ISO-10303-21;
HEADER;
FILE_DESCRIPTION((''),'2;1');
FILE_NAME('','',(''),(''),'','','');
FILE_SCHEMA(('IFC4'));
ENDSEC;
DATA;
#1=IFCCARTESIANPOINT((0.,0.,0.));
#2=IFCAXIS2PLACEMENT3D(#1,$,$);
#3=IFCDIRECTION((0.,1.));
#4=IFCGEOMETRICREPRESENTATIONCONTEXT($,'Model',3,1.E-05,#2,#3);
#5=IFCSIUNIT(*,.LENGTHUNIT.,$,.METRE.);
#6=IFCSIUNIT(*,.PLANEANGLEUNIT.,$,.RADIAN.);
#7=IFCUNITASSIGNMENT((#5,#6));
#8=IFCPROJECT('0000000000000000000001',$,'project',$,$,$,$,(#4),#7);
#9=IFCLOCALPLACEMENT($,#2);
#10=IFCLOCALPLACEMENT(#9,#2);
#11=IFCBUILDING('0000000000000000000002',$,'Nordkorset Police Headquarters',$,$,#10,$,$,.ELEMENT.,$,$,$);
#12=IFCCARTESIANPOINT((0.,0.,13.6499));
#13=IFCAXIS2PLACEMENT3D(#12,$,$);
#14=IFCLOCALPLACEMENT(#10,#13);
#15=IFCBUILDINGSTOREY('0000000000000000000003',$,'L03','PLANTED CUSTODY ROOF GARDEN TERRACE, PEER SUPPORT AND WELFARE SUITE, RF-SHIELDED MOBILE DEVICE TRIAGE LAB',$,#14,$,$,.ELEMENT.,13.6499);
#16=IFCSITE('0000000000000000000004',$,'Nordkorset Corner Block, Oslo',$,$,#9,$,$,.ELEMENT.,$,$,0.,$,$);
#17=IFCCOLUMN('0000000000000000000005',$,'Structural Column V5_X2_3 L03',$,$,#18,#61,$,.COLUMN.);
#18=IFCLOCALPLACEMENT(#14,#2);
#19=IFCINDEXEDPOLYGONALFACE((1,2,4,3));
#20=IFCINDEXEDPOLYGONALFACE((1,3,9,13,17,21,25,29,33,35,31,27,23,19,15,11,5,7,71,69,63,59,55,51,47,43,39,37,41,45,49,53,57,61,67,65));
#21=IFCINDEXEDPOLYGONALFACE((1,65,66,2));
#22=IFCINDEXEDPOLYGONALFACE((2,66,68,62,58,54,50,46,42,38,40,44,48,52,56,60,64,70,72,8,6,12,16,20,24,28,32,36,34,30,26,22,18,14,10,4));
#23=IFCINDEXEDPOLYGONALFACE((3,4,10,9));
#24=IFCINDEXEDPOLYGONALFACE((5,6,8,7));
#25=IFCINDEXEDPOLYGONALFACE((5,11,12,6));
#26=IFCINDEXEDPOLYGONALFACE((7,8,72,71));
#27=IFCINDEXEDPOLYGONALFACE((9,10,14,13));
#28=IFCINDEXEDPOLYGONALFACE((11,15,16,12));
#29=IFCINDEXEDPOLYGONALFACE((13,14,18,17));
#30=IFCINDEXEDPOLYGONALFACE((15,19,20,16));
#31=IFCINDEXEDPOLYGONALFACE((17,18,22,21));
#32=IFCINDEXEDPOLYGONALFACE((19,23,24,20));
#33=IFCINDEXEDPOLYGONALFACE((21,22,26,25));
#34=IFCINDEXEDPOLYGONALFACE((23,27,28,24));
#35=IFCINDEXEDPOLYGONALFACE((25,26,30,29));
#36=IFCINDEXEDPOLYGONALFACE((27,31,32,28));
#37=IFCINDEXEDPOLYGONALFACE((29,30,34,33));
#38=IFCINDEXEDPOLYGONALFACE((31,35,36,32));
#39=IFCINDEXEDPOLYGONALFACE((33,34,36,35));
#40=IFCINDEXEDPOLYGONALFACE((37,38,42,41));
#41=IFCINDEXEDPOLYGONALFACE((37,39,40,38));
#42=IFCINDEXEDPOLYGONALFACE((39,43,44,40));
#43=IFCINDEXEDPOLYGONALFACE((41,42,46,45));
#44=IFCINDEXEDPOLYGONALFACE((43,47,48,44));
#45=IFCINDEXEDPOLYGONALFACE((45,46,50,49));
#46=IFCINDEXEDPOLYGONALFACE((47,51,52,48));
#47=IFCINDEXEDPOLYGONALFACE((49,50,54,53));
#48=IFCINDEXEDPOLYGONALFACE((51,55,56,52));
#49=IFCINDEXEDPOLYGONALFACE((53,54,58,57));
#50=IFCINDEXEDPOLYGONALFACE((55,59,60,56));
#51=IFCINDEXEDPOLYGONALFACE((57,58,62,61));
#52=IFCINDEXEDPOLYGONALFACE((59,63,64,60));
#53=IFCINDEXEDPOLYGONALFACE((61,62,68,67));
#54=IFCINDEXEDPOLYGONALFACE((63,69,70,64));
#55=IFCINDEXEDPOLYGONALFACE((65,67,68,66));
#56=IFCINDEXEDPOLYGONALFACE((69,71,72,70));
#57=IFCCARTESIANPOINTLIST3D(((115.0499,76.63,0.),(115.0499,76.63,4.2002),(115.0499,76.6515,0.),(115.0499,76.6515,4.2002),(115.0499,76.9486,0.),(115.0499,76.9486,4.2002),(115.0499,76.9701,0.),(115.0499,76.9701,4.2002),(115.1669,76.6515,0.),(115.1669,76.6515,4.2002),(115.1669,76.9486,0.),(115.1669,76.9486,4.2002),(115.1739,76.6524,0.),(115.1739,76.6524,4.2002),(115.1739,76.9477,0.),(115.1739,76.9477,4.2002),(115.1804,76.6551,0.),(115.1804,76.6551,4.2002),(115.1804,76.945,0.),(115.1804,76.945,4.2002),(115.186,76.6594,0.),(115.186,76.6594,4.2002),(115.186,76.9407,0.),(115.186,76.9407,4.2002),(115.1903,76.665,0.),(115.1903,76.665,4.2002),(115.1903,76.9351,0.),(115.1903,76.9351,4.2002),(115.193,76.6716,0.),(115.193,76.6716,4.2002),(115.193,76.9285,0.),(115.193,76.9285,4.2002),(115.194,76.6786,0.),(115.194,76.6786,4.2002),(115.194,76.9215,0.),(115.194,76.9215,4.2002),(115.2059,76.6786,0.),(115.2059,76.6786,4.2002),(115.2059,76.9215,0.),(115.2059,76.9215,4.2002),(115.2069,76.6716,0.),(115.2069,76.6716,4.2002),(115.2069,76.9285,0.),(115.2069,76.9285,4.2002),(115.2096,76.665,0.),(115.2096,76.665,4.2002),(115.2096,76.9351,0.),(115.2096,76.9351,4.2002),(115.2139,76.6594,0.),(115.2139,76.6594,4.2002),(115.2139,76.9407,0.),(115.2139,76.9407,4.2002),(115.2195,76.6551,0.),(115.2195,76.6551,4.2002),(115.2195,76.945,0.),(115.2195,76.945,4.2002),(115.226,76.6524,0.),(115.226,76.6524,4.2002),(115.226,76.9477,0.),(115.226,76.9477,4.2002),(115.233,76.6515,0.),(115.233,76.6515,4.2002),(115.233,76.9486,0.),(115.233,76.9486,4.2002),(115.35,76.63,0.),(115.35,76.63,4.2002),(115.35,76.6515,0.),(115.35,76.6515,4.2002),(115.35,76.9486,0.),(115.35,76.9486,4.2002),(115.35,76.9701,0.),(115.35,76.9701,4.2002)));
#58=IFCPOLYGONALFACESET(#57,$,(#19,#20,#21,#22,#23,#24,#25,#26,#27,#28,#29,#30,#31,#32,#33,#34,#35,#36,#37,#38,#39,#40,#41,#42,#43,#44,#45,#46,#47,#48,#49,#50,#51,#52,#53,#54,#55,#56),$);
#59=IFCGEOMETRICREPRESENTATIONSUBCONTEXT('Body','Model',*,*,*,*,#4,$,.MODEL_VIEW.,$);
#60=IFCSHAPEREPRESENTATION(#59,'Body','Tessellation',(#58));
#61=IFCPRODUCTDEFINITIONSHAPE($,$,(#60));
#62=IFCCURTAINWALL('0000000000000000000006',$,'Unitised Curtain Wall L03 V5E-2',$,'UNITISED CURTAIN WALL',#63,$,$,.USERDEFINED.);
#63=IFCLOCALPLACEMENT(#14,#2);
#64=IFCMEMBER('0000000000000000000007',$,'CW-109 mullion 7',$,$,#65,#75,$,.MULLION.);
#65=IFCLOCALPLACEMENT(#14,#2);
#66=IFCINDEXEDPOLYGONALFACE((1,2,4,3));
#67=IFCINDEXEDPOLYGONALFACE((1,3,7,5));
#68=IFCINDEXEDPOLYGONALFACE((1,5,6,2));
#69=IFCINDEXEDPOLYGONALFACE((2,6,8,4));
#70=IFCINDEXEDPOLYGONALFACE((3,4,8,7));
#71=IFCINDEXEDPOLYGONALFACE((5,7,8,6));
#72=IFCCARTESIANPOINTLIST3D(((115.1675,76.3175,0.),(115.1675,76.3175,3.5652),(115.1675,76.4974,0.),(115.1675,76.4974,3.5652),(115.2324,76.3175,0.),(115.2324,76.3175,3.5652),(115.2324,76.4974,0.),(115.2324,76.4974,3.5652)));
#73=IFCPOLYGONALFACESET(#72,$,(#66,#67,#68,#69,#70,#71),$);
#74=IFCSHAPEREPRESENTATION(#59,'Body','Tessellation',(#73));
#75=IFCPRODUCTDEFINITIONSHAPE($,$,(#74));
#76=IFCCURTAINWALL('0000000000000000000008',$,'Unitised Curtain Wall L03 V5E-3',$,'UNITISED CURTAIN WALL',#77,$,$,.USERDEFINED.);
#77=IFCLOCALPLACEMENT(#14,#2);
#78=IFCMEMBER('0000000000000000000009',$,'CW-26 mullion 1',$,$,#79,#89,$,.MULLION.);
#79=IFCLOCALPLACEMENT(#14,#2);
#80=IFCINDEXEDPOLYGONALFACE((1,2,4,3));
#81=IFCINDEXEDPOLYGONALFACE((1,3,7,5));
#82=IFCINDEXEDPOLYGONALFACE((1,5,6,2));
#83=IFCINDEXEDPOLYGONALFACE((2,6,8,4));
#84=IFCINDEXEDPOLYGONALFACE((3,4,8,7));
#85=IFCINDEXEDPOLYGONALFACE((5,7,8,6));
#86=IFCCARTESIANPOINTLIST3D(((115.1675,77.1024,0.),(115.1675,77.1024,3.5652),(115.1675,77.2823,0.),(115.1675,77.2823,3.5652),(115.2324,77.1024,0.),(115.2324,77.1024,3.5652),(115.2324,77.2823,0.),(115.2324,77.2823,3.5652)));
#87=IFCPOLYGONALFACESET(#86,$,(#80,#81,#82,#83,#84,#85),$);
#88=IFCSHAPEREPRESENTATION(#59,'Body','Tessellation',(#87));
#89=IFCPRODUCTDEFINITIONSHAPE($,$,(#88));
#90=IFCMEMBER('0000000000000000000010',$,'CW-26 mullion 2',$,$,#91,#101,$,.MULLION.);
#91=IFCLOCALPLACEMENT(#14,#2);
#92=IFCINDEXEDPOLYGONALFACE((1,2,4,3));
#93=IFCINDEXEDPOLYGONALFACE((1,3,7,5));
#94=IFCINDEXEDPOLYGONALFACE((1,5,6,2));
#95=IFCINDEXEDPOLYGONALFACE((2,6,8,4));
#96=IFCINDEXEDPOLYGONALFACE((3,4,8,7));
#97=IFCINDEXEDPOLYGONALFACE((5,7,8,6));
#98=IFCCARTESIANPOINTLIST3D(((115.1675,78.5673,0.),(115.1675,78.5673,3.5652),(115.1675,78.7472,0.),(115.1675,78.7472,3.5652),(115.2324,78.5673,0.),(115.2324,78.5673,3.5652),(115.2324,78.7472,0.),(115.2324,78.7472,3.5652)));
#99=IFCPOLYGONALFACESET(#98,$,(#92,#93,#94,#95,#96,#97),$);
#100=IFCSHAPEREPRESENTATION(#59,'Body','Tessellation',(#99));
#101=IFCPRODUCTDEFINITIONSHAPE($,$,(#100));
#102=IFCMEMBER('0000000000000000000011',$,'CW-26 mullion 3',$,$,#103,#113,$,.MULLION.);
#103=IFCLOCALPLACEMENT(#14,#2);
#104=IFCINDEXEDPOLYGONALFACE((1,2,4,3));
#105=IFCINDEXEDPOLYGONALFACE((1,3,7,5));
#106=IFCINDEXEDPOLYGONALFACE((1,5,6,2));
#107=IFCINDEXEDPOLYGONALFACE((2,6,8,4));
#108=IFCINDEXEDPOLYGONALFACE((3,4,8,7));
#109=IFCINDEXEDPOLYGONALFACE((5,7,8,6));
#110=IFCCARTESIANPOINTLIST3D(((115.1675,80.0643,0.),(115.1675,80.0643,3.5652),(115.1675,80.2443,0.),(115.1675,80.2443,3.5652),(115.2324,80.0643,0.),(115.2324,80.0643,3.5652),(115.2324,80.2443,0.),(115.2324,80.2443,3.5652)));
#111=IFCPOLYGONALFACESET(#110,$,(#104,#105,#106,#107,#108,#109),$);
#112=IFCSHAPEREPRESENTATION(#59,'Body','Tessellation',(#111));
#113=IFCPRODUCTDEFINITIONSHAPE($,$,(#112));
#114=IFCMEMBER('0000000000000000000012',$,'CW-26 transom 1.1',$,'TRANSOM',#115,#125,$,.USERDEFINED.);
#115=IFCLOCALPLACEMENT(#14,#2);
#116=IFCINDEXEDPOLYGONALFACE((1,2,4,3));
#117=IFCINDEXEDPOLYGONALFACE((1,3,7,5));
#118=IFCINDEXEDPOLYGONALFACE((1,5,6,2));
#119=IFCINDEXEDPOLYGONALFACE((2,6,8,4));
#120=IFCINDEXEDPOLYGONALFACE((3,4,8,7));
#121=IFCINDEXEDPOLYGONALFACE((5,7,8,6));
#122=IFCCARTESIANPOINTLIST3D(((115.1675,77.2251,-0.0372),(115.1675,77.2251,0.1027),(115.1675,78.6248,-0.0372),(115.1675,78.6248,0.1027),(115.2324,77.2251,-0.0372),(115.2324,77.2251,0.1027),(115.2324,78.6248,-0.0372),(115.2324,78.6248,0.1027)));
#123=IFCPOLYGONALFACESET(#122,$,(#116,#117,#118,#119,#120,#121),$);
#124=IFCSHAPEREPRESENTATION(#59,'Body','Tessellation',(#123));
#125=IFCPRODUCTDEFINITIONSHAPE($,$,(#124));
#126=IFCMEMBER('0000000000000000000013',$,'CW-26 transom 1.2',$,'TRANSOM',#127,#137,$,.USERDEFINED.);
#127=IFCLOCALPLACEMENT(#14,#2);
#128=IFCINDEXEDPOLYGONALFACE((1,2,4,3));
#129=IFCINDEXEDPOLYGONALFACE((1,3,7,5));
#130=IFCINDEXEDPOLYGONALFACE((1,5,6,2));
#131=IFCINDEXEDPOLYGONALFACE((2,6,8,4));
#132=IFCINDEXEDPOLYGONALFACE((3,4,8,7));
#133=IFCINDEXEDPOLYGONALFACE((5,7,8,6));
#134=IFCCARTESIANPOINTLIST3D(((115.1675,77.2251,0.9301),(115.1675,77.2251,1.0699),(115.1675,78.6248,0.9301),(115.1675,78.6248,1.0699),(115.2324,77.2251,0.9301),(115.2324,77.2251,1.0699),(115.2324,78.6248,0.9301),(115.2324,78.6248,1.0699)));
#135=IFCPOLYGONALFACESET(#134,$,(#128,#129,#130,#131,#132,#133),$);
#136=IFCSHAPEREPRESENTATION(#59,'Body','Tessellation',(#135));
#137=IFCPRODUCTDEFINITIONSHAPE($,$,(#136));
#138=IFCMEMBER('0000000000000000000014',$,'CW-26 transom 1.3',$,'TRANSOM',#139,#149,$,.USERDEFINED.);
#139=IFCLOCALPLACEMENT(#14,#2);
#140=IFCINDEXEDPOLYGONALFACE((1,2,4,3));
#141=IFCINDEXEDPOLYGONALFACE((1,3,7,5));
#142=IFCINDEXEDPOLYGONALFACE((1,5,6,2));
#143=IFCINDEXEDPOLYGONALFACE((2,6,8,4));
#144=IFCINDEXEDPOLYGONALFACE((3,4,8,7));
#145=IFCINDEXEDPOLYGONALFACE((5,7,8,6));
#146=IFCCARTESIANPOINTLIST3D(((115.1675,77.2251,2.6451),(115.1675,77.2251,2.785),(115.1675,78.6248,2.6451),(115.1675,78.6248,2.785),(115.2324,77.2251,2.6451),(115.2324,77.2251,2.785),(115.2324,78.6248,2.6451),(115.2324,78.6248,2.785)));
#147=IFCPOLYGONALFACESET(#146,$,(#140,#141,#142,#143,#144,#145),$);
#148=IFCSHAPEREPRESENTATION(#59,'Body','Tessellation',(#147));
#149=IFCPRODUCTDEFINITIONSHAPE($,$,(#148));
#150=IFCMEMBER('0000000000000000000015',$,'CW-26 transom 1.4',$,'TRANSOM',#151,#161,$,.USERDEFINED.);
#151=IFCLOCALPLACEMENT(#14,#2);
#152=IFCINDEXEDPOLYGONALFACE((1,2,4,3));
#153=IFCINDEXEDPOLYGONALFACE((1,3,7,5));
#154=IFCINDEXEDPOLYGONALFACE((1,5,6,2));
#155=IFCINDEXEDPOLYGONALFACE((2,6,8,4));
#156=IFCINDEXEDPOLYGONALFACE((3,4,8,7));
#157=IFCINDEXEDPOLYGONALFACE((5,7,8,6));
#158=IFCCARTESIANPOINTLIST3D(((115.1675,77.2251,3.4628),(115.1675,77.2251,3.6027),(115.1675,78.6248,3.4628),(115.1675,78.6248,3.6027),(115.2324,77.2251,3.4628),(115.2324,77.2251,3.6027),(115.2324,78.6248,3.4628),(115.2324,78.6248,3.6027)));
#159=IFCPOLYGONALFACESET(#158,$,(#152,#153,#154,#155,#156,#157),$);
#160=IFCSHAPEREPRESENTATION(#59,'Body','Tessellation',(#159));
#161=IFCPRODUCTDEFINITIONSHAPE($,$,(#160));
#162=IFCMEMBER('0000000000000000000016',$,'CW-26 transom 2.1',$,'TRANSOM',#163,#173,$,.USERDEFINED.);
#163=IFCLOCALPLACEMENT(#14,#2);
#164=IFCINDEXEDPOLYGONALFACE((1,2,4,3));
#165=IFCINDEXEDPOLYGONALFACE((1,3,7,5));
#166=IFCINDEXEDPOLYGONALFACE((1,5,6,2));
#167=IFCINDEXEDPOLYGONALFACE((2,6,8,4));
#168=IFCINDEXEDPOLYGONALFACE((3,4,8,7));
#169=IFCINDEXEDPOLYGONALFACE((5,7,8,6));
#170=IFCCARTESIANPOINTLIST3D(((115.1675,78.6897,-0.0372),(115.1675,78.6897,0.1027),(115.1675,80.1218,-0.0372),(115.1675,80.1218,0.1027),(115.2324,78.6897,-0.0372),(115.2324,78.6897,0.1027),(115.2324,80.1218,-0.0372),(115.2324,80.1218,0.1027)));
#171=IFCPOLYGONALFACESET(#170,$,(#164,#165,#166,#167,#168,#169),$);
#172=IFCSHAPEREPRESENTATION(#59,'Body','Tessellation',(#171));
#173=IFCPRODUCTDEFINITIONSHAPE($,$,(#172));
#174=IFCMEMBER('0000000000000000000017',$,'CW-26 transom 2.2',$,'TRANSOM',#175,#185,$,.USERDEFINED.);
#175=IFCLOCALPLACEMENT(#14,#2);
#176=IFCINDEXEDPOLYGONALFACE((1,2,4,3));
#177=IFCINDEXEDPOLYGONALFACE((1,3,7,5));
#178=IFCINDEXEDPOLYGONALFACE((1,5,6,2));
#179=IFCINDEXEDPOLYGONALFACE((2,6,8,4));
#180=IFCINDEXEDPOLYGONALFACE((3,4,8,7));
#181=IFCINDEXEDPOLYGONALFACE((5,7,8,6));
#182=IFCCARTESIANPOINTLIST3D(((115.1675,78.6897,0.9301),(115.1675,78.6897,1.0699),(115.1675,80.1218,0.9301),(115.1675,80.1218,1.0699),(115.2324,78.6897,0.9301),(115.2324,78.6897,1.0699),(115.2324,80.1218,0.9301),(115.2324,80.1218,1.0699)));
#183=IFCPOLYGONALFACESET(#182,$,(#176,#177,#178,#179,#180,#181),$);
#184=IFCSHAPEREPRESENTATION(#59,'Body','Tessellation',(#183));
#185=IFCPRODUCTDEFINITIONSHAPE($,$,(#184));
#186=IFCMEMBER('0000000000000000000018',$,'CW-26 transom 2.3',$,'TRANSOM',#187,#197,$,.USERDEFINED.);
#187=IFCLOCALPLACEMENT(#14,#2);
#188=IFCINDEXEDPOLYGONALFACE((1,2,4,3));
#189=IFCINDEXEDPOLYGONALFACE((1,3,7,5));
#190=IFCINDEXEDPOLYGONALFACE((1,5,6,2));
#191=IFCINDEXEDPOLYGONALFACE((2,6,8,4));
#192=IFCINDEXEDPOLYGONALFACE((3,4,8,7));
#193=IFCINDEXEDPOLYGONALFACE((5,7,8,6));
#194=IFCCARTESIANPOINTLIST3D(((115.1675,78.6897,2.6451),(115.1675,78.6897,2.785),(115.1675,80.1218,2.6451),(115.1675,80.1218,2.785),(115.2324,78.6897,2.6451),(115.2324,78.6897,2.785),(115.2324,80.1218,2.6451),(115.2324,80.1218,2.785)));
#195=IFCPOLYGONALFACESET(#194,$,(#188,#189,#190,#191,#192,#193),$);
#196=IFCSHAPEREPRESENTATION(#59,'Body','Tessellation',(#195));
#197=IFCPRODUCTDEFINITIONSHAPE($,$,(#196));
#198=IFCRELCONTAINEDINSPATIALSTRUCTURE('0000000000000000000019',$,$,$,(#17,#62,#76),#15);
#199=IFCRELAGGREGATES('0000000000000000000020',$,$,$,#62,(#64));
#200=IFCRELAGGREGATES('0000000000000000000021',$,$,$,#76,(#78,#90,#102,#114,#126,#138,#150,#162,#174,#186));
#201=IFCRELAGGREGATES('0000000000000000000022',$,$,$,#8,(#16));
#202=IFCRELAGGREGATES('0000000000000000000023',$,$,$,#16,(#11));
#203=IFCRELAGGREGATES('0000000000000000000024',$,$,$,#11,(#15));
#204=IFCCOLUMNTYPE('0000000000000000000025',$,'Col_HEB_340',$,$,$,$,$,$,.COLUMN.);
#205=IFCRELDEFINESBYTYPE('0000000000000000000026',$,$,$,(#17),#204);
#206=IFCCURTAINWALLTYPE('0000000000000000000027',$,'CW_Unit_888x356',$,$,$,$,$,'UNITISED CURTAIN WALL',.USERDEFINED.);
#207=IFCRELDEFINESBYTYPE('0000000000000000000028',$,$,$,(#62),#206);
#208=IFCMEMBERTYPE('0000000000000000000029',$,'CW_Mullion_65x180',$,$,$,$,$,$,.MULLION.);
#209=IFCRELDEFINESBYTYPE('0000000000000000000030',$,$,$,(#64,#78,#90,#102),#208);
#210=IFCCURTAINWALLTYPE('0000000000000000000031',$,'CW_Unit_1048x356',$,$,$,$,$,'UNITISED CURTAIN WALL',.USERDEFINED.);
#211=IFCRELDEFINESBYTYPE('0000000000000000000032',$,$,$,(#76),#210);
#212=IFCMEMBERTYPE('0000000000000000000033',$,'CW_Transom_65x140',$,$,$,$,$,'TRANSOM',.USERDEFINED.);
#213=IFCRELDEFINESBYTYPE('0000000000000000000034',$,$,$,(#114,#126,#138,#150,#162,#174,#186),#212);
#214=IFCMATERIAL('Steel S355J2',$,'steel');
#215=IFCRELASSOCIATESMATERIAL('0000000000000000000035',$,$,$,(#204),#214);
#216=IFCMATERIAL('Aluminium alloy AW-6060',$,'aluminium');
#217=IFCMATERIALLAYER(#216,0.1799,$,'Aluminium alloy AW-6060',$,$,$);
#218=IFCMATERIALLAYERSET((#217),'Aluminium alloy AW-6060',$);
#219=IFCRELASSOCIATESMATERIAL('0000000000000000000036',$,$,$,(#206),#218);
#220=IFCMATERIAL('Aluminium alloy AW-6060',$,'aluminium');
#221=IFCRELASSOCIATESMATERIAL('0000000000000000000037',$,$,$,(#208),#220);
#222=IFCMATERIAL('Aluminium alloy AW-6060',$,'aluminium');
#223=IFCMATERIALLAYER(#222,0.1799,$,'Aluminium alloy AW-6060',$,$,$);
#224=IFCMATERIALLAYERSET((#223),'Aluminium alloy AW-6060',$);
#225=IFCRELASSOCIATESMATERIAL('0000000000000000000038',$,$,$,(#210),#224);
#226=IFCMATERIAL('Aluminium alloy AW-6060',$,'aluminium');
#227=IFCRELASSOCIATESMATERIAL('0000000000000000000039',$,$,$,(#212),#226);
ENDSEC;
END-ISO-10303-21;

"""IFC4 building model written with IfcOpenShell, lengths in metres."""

from ifc_helpers import new_model, si_unit, direction, frame, origin, origin_2d, place, context, subcontext, project, spatial, rectangle, i_section, extrude, material, layer, layer_set, material_profile, profile_set, type_object, element, aggregate, save


model = new_model("IFC4")

# Units and contexts
model_context = context("Model", 3, precision=1e-05, world=origin(), true_north=direction((0.0, 1.0)))
body_context = subcontext(model_context, "Body", "Model", "MODEL_VIEW")
ifc_project = project(units=[si_unit("LENGTHUNIT", "METRE"), si_unit("PLANEANGLEUNIT", "RADIAN")], contexts=[model_context])

# Site, building, storey
site_placement = place(None, origin())
site = spatial("IfcSite", under=ifc_project, at=site_placement, Name="Nordkorset Corner Block, Oslo", CompositionType="ELEMENT", RefElevation=0.0)
building_placement = place(site_placement, origin())
building = spatial("IfcBuilding", under=site, at=building_placement, Name="Nordkorset Police Headquarters", CompositionType="ELEMENT")
storey_placement = place(building_placement, frame((0.0, 0.0, 13.6499)))
storey = spatial("IfcBuildingStorey", under=building, at=storey_placement, Name="L03", Description="PLANTED CUSTODY ROOF GARDEN TERRACE, PEER SUPPORT AND WELFARE SUITE, RF-SHIELDED MOBILE DEVICE TRIAGE LAB", CompositionType="ELEMENT", Elevation=13.6499)

# Column
ifc_material_1 = material(Name="Steel S355J2", Category="steel")
ifc_material_profile_1 = material_profile(ifc_material_1, i_section(OverallWidth=0.3, OverallDepth=0.3401, WebThickness=0.012, FlangeThickness=0.0215, FilletRadius=0.0271, at=origin_2d()), Name="HEB 340")
ifc_profile_set_1 = profile_set([ifc_material_profile_1], Name="Steel S355J2")
column_type = type_object("IfcColumnType", Name="Col_HEB_340", PredefinedType="COLUMN", material=ifc_profile_set_1)
column_placement = place(storey_placement, frame((115.2, 76.8, 0.0), z_axis=(0.0, 0.0, 1.0), x_axis=(1.0, 0.0, 0.0)))
element("IfcColumn", 1, at=column_placement, inside=storey, type_object=column_type, Name="Structural Column V5_X2_3 L03", PredefinedType="COLUMN", context=body_context, shape_type="SweptSolid", body=[
    extrude(i_section(OverallWidth=0.3, OverallDepth=0.3401, WebThickness=0.012, FlangeThickness=0.0215, FilletRadius=0.0271, at=origin_2d()), origin(), (0.0, 0.0, 1.0), 4.2002),
])

# Curtain wall, member
ifc_material_2 = material(Name="Aluminium alloy AW-6060", Category="aluminium")
ifc_layer_1 = layer(ifc_material_2, 0.1799, Name="Aluminium alloy AW-6060")
ifc_layer_set_1 = layer_set([ifc_layer_1], Name="Aluminium alloy AW-6060")
curtain_wall_type_1 = type_object("IfcCurtainWallType", Name="CW_Unit_888x356", ElementType="UNITISED CURTAIN WALL", PredefinedType="USERDEFINED", material=ifc_layer_set_1)
curtain_wall_1_placement = place(storey_placement, origin())
curtain_wall_1 = element("IfcCurtainWall", 2, at=curtain_wall_1_placement, inside=storey, type_object=curtain_wall_type_1, Name="Unitised Curtain Wall L03 V5E-2", ObjectType="UNITISED CURTAIN WALL", PredefinedType="USERDEFINED")
ifc_material_3 = material(Name="Aluminium alloy AW-6060", Category="aluminium")
ifc_material_profile_2 = material_profile(ifc_material_3, rectangle(XDim=0.0649, YDim=0.1799, at=origin_2d()), Name="ALU MULL 65x180")
ifc_profile_set_2 = profile_set([ifc_material_profile_2], Name="Aluminium alloy AW-6060")
member_type_1 = type_object("IfcMemberType", Name="CW_Mullion_65x180", PredefinedType="MULLION", material=ifc_profile_set_2)
member_1_placement = place(storey_placement, frame((115.2, 76.4075, 0.0), z_axis=(0.0, 0.0, 1.0), x_axis=(-1.0, 0.0, 0.0)))
member_1 = element("IfcMember", 3, at=member_1_placement, type_object=member_type_1, Name="CW-109 mullion 7", PredefinedType="MULLION", context=body_context, shape_type="SweptSolid", body=[
    extrude(rectangle(XDim=0.0649, YDim=0.1799, at=origin_2d()), origin(), (0.0, 0.0, 1.0), 3.5652),
])
aggregate(curtain_wall_1, [member_1])

# Curtain wall, members
ifc_material_4 = material(Name="Aluminium alloy AW-6060", Category="aluminium")
ifc_layer_2 = layer(ifc_material_4, 0.1799, Name="Aluminium alloy AW-6060")
ifc_layer_set_2 = layer_set([ifc_layer_2], Name="Aluminium alloy AW-6060")
curtain_wall_type_2 = type_object("IfcCurtainWallType", Name="CW_Unit_1048x356", ElementType="UNITISED CURTAIN WALL", PredefinedType="USERDEFINED", material=ifc_layer_set_2)
curtain_wall_2_placement = place(storey_placement, origin())
curtain_wall_2 = element("IfcCurtainWall", 4, at=curtain_wall_2_placement, inside=storey, type_object=curtain_wall_type_2, Name="Unitised Curtain Wall L03 V5E-3", ObjectType="UNITISED CURTAIN WALL", PredefinedType="USERDEFINED")
member_2_placement = place(storey_placement, frame((115.2, 77.1924, 0.0), z_axis=(0.0, 0.0, 1.0), x_axis=(-1.0, 0.0, 0.0)))
member_2 = element("IfcMember", 5, at=member_2_placement, type_object=member_type_1, Name="CW-26 mullion 1", PredefinedType="MULLION", context=body_context, shape_type="SweptSolid", body=[
    extrude(rectangle(XDim=0.0649, YDim=0.1799, at=origin_2d()), origin(), (0.0, 0.0, 1.0), 3.5652),
])
member_3_placement = place(storey_placement, frame((115.2, 78.6572, 0.0), z_axis=(0.0, 0.0, 1.0), x_axis=(-1.0, 0.0, 0.0)))
member_3 = element("IfcMember", 6, at=member_3_placement, type_object=member_type_1, Name="CW-26 mullion 2", PredefinedType="MULLION", context=body_context, shape_type="SweptSolid", body=[
    extrude(rectangle(XDim=0.0649, YDim=0.1799, at=origin_2d()), origin(), (0.0, 0.0, 1.0), 3.5652),
])
member_4_placement = place(storey_placement, frame((115.2, 80.1543, 0.0), z_axis=(0.0, 0.0, 1.0), x_axis=(-1.0, 0.0, 0.0)))
member_4 = element("IfcMember", 7, at=member_4_placement, type_object=member_type_1, Name="CW-26 mullion 3", PredefinedType="MULLION", context=body_context, shape_type="SweptSolid", body=[
    extrude(rectangle(XDim=0.0649, YDim=0.1799, at=origin_2d()), origin(), (0.0, 0.0, 1.0), 3.5652),
])
ifc_material_5 = material(Name="Aluminium alloy AW-6060", Category="aluminium")
ifc_material_profile_3 = material_profile(ifc_material_5, rectangle(XDim=0.0649, YDim=0.1399, at=origin_2d()), Name="ALU TRAN 65x140")
ifc_profile_set_3 = profile_set([ifc_material_profile_3], Name="Aluminium alloy AW-6060")
member_type_2 = type_object("IfcMemberType", Name="CW_Transom_65x140", ElementType="TRANSOM", PredefinedType="USERDEFINED", material=ifc_profile_set_3)
member_5_placement = place(storey_placement, frame((115.2, 77.2251, 0.0327), z_axis=(0.0, 1.0, 0.0), x_axis=(-1.0, 0.0, 0.0)))
member_5 = element("IfcMember", 8, at=member_5_placement, type_object=member_type_2, Name="CW-26 transom 1.1", ObjectType="TRANSOM", PredefinedType="USERDEFINED", context=body_context, shape_type="SweptSolid", body=[
    extrude(rectangle(XDim=0.0649, YDim=0.1399, at=origin_2d()), origin(), (0.0, 0.0, 1.0), 1.3997),
])
member_6_placement = place(storey_placement, frame((115.2, 77.2251, 1.0), z_axis=(0.0, 1.0, 0.0), x_axis=(-1.0, 0.0, 0.0)))
member_6 = element("IfcMember", 9, at=member_6_placement, type_object=member_type_2, Name="CW-26 transom 1.2", ObjectType="TRANSOM", PredefinedType="USERDEFINED", context=body_context, shape_type="SweptSolid", body=[
    extrude(rectangle(XDim=0.0649, YDim=0.1399, at=origin_2d()), origin(), (0.0, 0.0, 1.0), 1.3997),
])
member_7_placement = place(storey_placement, frame((115.2, 77.2251, 2.7151), z_axis=(0.0, 1.0, 0.0), x_axis=(-1.0, 0.0, 0.0)))
member_7 = element("IfcMember", 10, at=member_7_placement, type_object=member_type_2, Name="CW-26 transom 1.3", ObjectType="TRANSOM", PredefinedType="USERDEFINED", context=body_context, shape_type="SweptSolid", body=[
    extrude(rectangle(XDim=0.0649, YDim=0.1399, at=origin_2d()), origin(), (0.0, 0.0, 1.0), 1.3997),
])
member_8_placement = place(storey_placement, frame((115.2, 77.2251, 3.5327), z_axis=(0.0, 1.0, 0.0), x_axis=(-1.0, 0.0, 0.0)))
member_8 = element("IfcMember", 11, at=member_8_placement, type_object=member_type_2, Name="CW-26 transom 1.4", ObjectType="TRANSOM", PredefinedType="USERDEFINED", context=body_context, shape_type="SweptSolid", body=[
    extrude(rectangle(XDim=0.0649, YDim=0.1399, at=origin_2d()), origin(), (0.0, 0.0, 1.0), 1.3997),
])
member_9_placement = place(storey_placement, frame((115.2, 78.6897, 0.0327), z_axis=(0.0, 1.0, 0.0), x_axis=(-1.0, 0.0, 0.0)))
member_9 = element("IfcMember", 12, at=member_9_placement, type_object=member_type_2, Name="CW-26 transom 2.1", ObjectType="TRANSOM", PredefinedType="USERDEFINED", context=body_context, shape_type="SweptSolid", body=[
    extrude(rectangle(XDim=0.0649, YDim=0.1399, at=origin_2d()), origin(), (0.0, 0.0, 1.0), 1.4321),
])
member_10_placement = place(storey_placement, frame((115.2, 78.6897, 1.0), z_axis=(0.0, 1.0, 0.0), x_axis=(-1.0, 0.0, 0.0)))
member_10 = element("IfcMember", 13, at=member_10_placement, type_object=member_type_2, Name="CW-26 transom 2.2", ObjectType="TRANSOM", PredefinedType="USERDEFINED", context=body_context, shape_type="SweptSolid", body=[
    extrude(rectangle(XDim=0.0649, YDim=0.1399, at=origin_2d()), origin(), (0.0, 0.0, 1.0), 1.4321),
])
member_11_placement = place(storey_placement, frame((115.2, 78.6897, 2.7151), z_axis=(0.0, 1.0, 0.0), x_axis=(-1.0, 0.0, 0.0)))
member_11 = element("IfcMember", 14, at=member_11_placement, type_object=member_type_2, Name="CW-26 transom 2.3", ObjectType="TRANSOM", PredefinedType="USERDEFINED", context=body_context, shape_type="SweptSolid", body=[
    extrude(rectangle(XDim=0.0649, YDim=0.1399, at=origin_2d()), origin(), (0.0, 0.0, 1.0), 1.4321),
])

aggregate(curtain_wall_2, [member_2, member_3, member_4, member_5, member_6, member_7, member_8, member_9, member_10, member_11])

save(model, "model.ifc")
